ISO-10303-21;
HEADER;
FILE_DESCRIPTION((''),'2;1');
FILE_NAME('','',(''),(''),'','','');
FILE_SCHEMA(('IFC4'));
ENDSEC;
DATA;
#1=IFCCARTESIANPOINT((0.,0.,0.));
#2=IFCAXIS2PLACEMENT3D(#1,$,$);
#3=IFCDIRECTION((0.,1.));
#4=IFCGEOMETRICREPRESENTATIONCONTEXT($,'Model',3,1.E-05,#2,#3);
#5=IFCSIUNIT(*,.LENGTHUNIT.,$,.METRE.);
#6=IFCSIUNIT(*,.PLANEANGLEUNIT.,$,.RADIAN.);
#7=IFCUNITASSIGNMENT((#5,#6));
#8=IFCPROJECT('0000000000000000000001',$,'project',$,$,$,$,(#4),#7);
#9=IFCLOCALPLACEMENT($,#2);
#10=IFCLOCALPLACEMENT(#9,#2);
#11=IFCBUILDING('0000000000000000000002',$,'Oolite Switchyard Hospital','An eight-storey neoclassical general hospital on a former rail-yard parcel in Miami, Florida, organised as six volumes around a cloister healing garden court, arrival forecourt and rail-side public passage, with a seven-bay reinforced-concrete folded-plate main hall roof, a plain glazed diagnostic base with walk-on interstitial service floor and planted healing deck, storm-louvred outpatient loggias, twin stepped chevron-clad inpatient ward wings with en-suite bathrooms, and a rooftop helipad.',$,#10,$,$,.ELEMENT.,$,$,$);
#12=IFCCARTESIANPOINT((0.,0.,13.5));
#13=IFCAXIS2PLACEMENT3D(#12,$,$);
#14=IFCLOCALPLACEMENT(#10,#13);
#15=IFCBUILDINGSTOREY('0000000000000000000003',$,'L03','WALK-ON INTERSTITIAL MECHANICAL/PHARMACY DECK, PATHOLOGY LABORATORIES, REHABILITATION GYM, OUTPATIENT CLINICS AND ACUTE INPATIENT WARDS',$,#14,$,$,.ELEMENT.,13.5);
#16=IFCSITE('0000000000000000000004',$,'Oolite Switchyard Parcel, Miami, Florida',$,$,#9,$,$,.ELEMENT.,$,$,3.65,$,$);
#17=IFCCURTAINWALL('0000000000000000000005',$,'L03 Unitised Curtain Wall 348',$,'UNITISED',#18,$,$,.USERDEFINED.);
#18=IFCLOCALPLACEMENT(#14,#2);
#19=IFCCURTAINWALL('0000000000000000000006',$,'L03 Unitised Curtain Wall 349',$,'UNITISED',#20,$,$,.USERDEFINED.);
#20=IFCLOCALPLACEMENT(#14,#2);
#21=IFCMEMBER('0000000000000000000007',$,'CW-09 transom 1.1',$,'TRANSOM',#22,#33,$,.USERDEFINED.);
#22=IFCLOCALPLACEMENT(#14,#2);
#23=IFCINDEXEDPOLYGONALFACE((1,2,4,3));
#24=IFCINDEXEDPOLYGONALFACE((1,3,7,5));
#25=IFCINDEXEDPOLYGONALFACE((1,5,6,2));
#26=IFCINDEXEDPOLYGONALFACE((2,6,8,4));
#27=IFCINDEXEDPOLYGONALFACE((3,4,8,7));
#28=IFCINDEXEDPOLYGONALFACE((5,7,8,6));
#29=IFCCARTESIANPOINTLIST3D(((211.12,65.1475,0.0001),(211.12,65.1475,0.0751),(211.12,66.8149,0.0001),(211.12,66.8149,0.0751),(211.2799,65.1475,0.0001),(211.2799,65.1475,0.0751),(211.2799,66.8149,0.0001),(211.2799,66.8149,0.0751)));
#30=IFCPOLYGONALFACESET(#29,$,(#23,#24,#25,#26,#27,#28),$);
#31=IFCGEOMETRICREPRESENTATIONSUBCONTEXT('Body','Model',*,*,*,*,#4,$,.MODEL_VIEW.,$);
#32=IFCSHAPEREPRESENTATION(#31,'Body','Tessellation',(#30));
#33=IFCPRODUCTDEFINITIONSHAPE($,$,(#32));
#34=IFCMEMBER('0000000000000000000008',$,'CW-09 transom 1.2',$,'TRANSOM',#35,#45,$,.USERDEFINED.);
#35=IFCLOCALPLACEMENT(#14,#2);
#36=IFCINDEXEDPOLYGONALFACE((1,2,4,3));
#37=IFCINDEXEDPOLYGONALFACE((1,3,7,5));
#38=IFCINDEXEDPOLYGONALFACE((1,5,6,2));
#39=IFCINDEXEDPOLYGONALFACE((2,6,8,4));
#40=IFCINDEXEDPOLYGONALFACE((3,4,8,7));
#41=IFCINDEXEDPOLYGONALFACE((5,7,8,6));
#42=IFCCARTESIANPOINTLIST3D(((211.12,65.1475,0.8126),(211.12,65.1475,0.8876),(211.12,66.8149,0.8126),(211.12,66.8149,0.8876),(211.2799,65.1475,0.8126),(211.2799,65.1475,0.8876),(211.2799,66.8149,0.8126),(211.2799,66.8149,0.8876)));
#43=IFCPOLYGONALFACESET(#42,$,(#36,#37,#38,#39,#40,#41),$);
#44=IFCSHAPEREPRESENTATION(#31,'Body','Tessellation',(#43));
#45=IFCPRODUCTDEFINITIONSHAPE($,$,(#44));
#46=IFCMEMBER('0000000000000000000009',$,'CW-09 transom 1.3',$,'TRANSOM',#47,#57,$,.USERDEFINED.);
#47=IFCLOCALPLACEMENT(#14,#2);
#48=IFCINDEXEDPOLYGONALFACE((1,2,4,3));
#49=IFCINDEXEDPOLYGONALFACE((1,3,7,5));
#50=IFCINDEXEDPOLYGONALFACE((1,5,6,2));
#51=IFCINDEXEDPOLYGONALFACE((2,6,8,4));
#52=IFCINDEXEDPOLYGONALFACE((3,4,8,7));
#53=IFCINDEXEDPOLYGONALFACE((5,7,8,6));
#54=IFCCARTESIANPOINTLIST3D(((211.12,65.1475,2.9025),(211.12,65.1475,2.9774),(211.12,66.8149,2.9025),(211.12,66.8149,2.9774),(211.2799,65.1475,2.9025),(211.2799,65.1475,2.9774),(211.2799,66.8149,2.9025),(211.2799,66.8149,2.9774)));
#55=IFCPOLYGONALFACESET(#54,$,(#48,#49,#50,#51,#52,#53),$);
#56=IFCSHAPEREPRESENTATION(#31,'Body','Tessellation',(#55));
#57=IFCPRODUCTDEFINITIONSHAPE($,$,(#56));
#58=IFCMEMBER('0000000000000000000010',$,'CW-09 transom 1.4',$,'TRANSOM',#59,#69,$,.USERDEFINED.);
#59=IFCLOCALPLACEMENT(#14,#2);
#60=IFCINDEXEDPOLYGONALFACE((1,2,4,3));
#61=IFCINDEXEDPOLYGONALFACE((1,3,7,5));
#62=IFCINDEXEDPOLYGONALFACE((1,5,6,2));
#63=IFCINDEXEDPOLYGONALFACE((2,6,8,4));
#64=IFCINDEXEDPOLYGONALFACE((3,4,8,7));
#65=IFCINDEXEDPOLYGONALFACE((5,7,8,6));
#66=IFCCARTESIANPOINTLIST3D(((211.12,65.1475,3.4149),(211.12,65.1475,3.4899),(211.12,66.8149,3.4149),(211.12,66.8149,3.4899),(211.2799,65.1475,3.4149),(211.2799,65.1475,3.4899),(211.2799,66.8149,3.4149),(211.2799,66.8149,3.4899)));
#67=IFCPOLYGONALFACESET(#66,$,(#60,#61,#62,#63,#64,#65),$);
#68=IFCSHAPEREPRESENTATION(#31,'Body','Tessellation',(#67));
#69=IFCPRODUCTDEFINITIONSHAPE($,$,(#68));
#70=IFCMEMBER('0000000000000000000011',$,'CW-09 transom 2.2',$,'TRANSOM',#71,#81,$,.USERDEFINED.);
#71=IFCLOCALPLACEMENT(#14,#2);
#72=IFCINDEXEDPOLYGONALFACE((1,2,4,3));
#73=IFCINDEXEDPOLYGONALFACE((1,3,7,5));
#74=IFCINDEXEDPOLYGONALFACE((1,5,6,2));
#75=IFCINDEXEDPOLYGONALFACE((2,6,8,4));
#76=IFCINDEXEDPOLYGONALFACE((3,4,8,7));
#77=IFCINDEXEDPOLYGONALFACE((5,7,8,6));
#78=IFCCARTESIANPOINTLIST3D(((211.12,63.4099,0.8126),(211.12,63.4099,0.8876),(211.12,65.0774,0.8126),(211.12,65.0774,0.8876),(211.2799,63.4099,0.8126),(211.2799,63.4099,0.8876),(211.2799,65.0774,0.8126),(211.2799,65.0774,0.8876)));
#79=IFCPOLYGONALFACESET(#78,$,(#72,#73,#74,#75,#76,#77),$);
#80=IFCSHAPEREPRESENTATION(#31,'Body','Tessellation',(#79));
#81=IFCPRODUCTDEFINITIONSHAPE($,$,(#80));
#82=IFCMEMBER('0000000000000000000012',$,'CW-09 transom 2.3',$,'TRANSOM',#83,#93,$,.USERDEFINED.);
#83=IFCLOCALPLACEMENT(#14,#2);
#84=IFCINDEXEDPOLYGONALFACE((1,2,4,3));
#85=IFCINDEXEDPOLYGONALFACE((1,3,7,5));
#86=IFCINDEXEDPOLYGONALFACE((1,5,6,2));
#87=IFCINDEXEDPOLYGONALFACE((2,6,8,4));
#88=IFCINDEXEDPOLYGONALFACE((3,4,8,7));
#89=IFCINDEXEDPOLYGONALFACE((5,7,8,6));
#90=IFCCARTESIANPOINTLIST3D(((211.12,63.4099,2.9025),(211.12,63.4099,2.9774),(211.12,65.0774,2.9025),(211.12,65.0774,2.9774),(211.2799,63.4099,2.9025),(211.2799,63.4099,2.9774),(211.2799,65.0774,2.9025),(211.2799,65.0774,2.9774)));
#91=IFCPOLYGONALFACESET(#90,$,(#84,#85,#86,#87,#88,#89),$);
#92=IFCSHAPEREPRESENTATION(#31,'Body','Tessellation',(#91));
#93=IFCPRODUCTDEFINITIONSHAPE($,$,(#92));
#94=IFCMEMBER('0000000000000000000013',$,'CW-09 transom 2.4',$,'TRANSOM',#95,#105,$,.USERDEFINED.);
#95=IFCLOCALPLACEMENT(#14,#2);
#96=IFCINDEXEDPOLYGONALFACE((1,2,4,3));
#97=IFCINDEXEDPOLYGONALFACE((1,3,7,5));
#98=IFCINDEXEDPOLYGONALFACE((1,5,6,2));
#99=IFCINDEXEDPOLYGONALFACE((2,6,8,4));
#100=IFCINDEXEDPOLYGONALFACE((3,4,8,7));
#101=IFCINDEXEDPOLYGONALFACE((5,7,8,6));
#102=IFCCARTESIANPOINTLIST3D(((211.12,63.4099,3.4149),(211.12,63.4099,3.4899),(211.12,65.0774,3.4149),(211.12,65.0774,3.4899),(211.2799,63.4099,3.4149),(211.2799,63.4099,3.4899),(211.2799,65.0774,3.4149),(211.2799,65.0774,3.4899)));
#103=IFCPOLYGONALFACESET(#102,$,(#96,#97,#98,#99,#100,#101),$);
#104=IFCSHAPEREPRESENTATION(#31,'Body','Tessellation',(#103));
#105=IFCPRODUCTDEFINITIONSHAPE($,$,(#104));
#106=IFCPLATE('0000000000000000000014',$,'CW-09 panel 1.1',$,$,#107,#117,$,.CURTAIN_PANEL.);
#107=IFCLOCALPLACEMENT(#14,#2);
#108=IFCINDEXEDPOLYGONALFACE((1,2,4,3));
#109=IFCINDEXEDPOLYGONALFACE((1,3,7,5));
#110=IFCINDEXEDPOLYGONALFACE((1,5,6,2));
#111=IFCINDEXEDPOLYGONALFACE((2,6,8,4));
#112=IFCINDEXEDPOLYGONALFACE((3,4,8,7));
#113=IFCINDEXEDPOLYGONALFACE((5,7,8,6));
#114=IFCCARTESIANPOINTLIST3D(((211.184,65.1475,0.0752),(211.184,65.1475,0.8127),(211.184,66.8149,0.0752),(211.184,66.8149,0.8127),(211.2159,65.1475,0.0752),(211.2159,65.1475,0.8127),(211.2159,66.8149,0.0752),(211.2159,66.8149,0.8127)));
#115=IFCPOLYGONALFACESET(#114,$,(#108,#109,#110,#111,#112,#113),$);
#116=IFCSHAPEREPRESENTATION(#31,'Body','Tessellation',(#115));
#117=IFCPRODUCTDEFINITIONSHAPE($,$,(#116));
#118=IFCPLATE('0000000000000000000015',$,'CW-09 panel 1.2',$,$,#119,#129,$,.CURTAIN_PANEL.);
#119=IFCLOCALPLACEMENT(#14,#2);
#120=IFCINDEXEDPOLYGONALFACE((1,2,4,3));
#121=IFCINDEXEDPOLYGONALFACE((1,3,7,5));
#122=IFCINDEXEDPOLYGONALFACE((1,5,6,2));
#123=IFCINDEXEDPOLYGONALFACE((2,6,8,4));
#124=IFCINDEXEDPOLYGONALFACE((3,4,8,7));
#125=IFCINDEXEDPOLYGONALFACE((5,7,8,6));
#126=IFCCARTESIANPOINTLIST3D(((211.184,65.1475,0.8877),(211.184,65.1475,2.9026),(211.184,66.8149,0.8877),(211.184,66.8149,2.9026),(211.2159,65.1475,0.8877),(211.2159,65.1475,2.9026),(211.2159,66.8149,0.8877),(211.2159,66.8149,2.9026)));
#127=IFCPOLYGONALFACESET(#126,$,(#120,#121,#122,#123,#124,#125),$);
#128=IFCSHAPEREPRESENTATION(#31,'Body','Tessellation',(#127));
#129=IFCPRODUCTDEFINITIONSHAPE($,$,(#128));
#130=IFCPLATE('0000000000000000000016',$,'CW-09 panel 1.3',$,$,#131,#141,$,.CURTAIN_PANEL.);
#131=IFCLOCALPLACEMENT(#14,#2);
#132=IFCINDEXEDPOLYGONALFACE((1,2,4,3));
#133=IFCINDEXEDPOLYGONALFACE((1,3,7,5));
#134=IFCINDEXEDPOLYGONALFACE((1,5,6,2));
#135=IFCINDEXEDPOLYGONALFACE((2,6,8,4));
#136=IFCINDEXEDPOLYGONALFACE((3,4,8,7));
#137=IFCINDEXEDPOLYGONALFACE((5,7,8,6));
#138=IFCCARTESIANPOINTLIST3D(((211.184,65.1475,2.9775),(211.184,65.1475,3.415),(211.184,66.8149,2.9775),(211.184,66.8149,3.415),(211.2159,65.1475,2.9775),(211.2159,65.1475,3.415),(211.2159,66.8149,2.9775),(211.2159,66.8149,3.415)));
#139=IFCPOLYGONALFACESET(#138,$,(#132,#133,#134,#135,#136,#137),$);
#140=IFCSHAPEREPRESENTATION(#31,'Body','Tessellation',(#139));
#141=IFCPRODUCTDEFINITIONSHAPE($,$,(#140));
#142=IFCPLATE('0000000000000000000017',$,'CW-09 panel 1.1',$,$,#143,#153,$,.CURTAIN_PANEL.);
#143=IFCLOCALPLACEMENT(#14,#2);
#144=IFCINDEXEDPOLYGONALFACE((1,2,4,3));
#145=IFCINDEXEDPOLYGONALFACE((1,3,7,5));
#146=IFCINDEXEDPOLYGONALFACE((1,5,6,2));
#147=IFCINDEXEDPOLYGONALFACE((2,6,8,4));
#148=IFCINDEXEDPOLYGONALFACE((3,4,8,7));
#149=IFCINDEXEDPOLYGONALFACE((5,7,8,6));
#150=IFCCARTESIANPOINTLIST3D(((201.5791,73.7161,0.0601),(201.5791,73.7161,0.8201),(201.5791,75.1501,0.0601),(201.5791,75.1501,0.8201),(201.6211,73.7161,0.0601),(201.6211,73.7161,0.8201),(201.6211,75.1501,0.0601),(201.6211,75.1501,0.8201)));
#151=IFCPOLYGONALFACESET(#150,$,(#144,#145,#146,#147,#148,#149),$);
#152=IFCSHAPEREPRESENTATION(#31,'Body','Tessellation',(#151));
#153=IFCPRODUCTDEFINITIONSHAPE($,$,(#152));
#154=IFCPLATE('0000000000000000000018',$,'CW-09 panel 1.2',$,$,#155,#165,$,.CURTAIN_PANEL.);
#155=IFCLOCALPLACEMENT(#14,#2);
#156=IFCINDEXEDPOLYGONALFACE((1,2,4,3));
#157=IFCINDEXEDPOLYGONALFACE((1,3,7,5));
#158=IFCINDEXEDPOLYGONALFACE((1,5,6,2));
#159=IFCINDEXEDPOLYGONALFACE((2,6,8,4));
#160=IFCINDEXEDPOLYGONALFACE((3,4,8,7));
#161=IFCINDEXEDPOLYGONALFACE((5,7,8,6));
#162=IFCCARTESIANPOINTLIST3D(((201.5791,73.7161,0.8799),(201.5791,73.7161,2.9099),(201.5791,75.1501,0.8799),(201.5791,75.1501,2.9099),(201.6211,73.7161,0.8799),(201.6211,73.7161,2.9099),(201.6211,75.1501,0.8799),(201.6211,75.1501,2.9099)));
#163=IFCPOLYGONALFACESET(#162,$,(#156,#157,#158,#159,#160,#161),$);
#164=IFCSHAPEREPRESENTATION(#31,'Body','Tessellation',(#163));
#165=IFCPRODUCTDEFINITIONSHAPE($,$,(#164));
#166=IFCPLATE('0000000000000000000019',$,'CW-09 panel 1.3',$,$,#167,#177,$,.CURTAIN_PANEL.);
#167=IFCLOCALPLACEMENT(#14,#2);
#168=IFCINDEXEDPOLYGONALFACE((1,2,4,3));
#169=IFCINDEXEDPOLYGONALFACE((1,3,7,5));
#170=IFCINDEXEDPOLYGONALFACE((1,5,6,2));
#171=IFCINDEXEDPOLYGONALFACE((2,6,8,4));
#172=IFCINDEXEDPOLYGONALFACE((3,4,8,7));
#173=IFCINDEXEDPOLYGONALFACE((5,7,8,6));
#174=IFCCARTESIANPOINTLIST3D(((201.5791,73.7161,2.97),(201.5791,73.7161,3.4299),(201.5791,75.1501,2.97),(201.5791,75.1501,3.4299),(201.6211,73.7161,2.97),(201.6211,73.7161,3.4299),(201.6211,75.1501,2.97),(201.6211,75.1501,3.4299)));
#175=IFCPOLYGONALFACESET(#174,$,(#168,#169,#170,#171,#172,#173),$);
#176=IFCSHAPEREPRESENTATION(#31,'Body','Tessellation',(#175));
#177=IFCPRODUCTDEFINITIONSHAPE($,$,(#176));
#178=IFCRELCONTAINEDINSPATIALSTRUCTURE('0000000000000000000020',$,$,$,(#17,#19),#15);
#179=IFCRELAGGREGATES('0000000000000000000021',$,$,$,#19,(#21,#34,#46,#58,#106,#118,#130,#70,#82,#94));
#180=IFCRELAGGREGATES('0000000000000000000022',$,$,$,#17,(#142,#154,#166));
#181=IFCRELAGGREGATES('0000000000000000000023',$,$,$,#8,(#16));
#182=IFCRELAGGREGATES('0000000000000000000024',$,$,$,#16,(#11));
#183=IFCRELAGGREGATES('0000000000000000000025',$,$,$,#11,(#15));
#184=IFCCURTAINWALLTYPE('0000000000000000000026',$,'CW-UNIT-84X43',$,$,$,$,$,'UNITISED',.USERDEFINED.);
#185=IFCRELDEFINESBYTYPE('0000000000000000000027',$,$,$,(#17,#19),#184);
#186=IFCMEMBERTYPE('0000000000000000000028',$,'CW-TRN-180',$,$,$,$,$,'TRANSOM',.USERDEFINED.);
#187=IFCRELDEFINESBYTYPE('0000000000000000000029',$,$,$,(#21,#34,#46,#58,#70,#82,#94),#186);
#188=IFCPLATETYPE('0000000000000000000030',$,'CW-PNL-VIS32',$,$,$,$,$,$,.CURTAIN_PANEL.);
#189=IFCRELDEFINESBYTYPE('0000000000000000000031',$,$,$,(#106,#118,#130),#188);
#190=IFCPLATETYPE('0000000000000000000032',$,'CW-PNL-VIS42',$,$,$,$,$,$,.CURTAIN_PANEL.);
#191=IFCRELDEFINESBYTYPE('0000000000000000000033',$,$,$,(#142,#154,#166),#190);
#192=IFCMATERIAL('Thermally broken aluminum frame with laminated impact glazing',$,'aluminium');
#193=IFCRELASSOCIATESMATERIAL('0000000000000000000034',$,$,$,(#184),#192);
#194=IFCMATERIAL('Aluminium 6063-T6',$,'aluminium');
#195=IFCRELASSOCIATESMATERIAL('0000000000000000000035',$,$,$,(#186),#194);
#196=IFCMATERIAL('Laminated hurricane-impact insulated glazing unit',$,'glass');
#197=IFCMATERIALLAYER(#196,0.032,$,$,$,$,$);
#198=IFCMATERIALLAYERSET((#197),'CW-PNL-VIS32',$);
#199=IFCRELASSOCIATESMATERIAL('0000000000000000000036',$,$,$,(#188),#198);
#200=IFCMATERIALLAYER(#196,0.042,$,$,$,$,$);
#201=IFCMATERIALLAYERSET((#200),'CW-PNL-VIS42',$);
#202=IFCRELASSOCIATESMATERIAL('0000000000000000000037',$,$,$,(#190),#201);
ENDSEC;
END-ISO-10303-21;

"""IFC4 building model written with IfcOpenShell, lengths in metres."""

from ifc_helpers import new_model, si_unit, direction, frame, origin, origin_2d, place, context, subcontext, project, spatial, rectangle, extrude, material, layer, layer_set, material_profile, profile_set, type_object, element, aggregate, save


model = new_model("IFC4")

# Units and contexts
model_context = context("Model", 3, precision=1e-05, world=origin(), true_north=direction((0.0, 1.0)))
body_context = subcontext(model_context, "Body", "Model", "MODEL_VIEW")
ifc_project = project(units=[si_unit("LENGTHUNIT", "METRE"), si_unit("PLANEANGLEUNIT", "RADIAN")], contexts=[model_context])

# Site, building, storey
site_placement = place(None, origin())
site = spatial("IfcSite", under=ifc_project, at=site_placement, Name="Oolite Switchyard Parcel, Miami, Florida", CompositionType="ELEMENT", RefElevation=3.65)
building_placement = place(site_placement, origin())
building = spatial("IfcBuilding", under=site, at=building_placement, Name="Oolite Switchyard Hospital", Description="An eight-storey neoclassical general hospital on a former rail-yard parcel in Miami, Florida, organised as six volumes around a cloister healing garden court, arrival forecourt and rail-side public passage, with a seven-bay reinforced-concrete folded-plate main hall roof, a plain glazed diagnostic base with walk-on interstitial service floor and planted healing deck, storm-louvred outpatient loggias, twin stepped chevron-clad inpatient ward wings with en-suite bathrooms, and a rooftop helipad.", CompositionType="ELEMENT")
storey_placement = place(building_placement, frame((0.0, 0.0, 13.5)))
storey = spatial("IfcBuildingStorey", under=building, at=storey_placement, Name="L03", Description="WALK-ON INTERSTITIAL MECHANICAL/PHARMACY DECK, PATHOLOGY LABORATORIES, REHABILITATION GYM, OUTPATIENT CLINICS AND ACUTE INPATIENT WARDS", CompositionType="ELEMENT", Elevation=13.5)

# Curtain walls
ifc_material_1 = material(Name="Thermally broken aluminum frame with laminated impact glazing", Category="aluminium")
curtain_wall_type = type_object("IfcCurtainWallType", Name="CW-UNIT-84X43", ElementType="UNITISED", PredefinedType="USERDEFINED", material=ifc_material_1)
curtain_wall_1_placement = place(storey_placement, origin())
curtain_wall_1 = element("IfcCurtainWall", 1, at=curtain_wall_1_placement, inside=storey, type_object=curtain_wall_type, Name="L03 Unitised Curtain Wall 348", ObjectType="UNITISED", PredefinedType="USERDEFINED")
ifc_material_2 = material(Name="Aluminium 6063-T6", Category="aluminium")
curtain_wall_2_placement = place(storey_placement, origin())
curtain_wall_2 = element("IfcCurtainWall", 2, at=curtain_wall_2_placement, inside=storey, type_object=curtain_wall_type, Name="L03 Unitised Curtain Wall 349", ObjectType="UNITISED", PredefinedType="USERDEFINED")

# Members
ifc_material_profile_1 = material_profile(ifc_material_2, rectangle(XDim=0.1599, YDim=0.075, at=origin_2d()), Name="CWT75X160")
ifc_profile_set_1 = profile_set([ifc_material_profile_1], Name="Aluminium 6063-T6")
member_type_1 = type_object("IfcMemberType", Name="CW-TRN-180", ElementType="TRANSOM", PredefinedType="USERDEFINED", material=ifc_profile_set_1)
member_1_placement = place(storey_placement, frame((211.2, 66.8149, 0.0376), z_axis=(0.0, -1.0, 0.0), x_axis=(1.0, 0.0, 0.0)))
member_1 = element("IfcMember", 3, at=member_1_placement, type_object=member_type_1, Name="CW-09 transom 1.1", ObjectType="TRANSOM", PredefinedType="USERDEFINED", context=body_context, shape_type="SweptSolid", body=[
    extrude(rectangle(XDim=0.1599, YDim=0.075, at=origin_2d()), origin(), (0.0, 0.0, 1.0), 1.6675),
])
member_2_placement = place(storey_placement, frame((211.2, 66.8149, 0.8501), z_axis=(0.0, -1.0, 0.0), x_axis=(1.0, 0.0, 0.0)))
member_2 = element("IfcMember", 4, at=member_2_placement, type_object=member_type_1, Name="CW-09 transom 1.2", ObjectType="TRANSOM", PredefinedType="USERDEFINED", context=body_context, shape_type="SweptSolid", body=[
    extrude(rectangle(XDim=0.1599, YDim=0.075, at=origin_2d()), origin(), (0.0, 0.0, 1.0), 1.6675),
])
member_3_placement = place(storey_placement, frame((211.2, 66.8149, 2.9399), z_axis=(0.0, -1.0, 0.0), x_axis=(1.0, 0.0, 0.0)))
member_3 = element("IfcMember", 5, at=member_3_placement, type_object=member_type_1, Name="CW-09 transom 1.3", ObjectType="TRANSOM", PredefinedType="USERDEFINED", context=body_context, shape_type="SweptSolid", body=[
    extrude(rectangle(XDim=0.1599, YDim=0.075, at=origin_2d()), origin(), (0.0, 0.0, 1.0), 1.6675),
])
member_4_placement = place(storey_placement, frame((211.2, 66.8149, 3.4524), z_axis=(0.0, -1.0, 0.0), x_axis=(1.0, 0.0, 0.0)))
member_4 = element("IfcMember", 6, at=member_4_placement, type_object=member_type_1, Name="CW-09 transom 1.4", ObjectType="TRANSOM", PredefinedType="USERDEFINED", context=body_context, shape_type="SweptSolid", body=[
    extrude(rectangle(XDim=0.1599, YDim=0.075, at=origin_2d()), origin(), (0.0, 0.0, 1.0), 1.6675),
])
member_5_placement = place(storey_placement, frame((211.2, 65.0774, 0.8501), z_axis=(0.0, -1.0, 0.0), x_axis=(1.0, 0.0, 0.0)))
member_5 = element("IfcMember", 7, at=member_5_placement, type_object=member_type_1, Name="CW-09 transom 2.2", ObjectType="TRANSOM", PredefinedType="USERDEFINED", context=body_context, shape_type="SweptSolid", body=[
    extrude(rectangle(XDim=0.1599, YDim=0.075, at=origin_2d()), origin(), (0.0, 0.0, 1.0), 1.6675),
])
member_6_placement = place(storey_placement, frame((211.2, 65.0774, 2.9399), z_axis=(0.0, -1.0, 0.0), x_axis=(1.0, 0.0, 0.0)))
member_6 = element("IfcMember", 8, at=member_6_placement, type_object=member_type_1, Name="CW-09 transom 2.3", ObjectType="TRANSOM", PredefinedType="USERDEFINED", context=body_context, shape_type="SweptSolid", body=[
    extrude(rectangle(XDim=0.1599, YDim=0.075, at=origin_2d()), origin(), (0.0, 0.0, 1.0), 1.6675),
])
member_7_placement = place(storey_placement, frame((211.2, 65.0774, 3.4524), z_axis=(0.0, -1.0, 0.0), x_axis=(1.0, 0.0, 0.0)))
member_7 = element("IfcMember", 9, at=member_7_placement, type_object=member_type_1, Name="CW-09 transom 2.4", ObjectType="TRANSOM", PredefinedType="USERDEFINED", context=body_context, shape_type="SweptSolid", body=[
    extrude(rectangle(XDim=0.1599, YDim=0.075, at=origin_2d()), origin(), (0.0, 0.0, 1.0), 1.6675),
])

# Plates
ifc_material_3 = material(Name="Laminated hurricane-impact insulated glazing unit", Category="glass")
ifc_layer_1 = layer(ifc_material_3, 0.032)
ifc_layer_set_1 = layer_set([ifc_layer_1], Name="CW-PNL-VIS32")
plate_type_1 = type_object("IfcPlateType", Name="CW-PNL-VIS32", PredefinedType="CURTAIN_PANEL", material=ifc_layer_set_1)
plate_1_placement = place(storey_placement, frame((211.2, 65.9812, 0.0752), z_axis=(0.0, 0.0, 1.0), x_axis=(0.0, -1.0, 0.0)))
plate_1 = element("IfcPlate", 10, at=plate_1_placement, type_object=plate_type_1, Name="CW-09 panel 1.1", PredefinedType="CURTAIN_PANEL", context=body_context, shape_type="SweptSolid", body=[
    extrude(rectangle(XDim=1.6675, YDim=0.032, at=origin_2d()), origin(), (0.0, 0.0, 1.0), 0.7375),
])
plate_2_placement = place(storey_placement, frame((211.2, 65.9812, 0.8877), z_axis=(0.0, 0.0, 1.0), x_axis=(0.0, -1.0, 0.0)))
plate_2 = element("IfcPlate", 11, at=plate_2_placement, type_object=plate_type_1, Name="CW-09 panel 1.2", PredefinedType="CURTAIN_PANEL", context=body_context, shape_type="SweptSolid", body=[
    extrude(rectangle(XDim=1.6675, YDim=0.032, at=origin_2d()), origin(), (0.0, 0.0, 1.0), 2.0149),
])
plate_3_placement = place(storey_placement, frame((211.2, 65.9812, 2.9775), z_axis=(0.0, 0.0, 1.0), x_axis=(0.0, -1.0, 0.0)))
plate_3 = element("IfcPlate", 12, at=plate_3_placement, type_object=plate_type_1, Name="CW-09 panel 1.3", PredefinedType="CURTAIN_PANEL", context=body_context, shape_type="SweptSolid", body=[
    extrude(rectangle(XDim=1.6675, YDim=0.032, at=origin_2d()), origin(), (0.0, 0.0, 1.0), 0.4375),
])
aggregate(curtain_wall_2, [member_1, member_2, member_3, member_4, plate_1, plate_2, plate_3, member_5, member_6, member_7])
ifc_layer_2 = layer(ifc_material_3, 0.042)
ifc_layer_set_2 = layer_set([ifc_layer_2], Name="CW-PNL-VIS42")
plate_type_2 = type_object("IfcPlateType", Name="CW-PNL-VIS42", PredefinedType="CURTAIN_PANEL", material=ifc_layer_set_2)
plate_4_placement = place(storey_placement, frame((201.6001, 74.4331, 0.0601), z_axis=(0.0, 0.0, 1.0), x_axis=(0.0, -1.0, 0.0)))
plate_4 = element("IfcPlate", 13, at=plate_4_placement, type_object=plate_type_2, Name="CW-09 panel 1.1", PredefinedType="CURTAIN_PANEL", context=body_context, shape_type="SweptSolid", body=[
    extrude(rectangle(XDim=1.4341, YDim=0.042, at=origin_2d()), origin(), (0.0, 0.0, 1.0), 0.76),
])
plate_5_placement = place(storey_placement, frame((201.6001, 74.4331, 0.8799), z_axis=(0.0, 0.0, 1.0), x_axis=(0.0, -1.0, 0.0)))
plate_5 = element("IfcPlate", 14, at=plate_5_placement, type_object=plate_type_2, Name="CW-09 panel 1.2", PredefinedType="CURTAIN_PANEL", context=body_context, shape_type="SweptSolid", body=[
    extrude(rectangle(XDim=1.4341, YDim=0.042, at=origin_2d()), origin(), (0.0, 0.0, 1.0), 2.03),
])
plate_6_placement = place(storey_placement, frame((201.6001, 74.4331, 2.97), z_axis=(0.0, 0.0, 1.0), x_axis=(0.0, -1.0, 0.0)))
plate_6 = element("IfcPlate", 15, at=plate_6_placement, type_object=plate_type_2, Name="CW-09 panel 1.3", PredefinedType="CURTAIN_PANEL", context=body_context, shape_type="SweptSolid", body=[
    extrude(rectangle(XDim=1.4341, YDim=0.042, at=origin_2d()), origin(), (0.0, 0.0, 1.0), 0.46),
])
aggregate(curtain_wall_1, [plate_4, plate_5, plate_6])

save(model, "model.ifc")
